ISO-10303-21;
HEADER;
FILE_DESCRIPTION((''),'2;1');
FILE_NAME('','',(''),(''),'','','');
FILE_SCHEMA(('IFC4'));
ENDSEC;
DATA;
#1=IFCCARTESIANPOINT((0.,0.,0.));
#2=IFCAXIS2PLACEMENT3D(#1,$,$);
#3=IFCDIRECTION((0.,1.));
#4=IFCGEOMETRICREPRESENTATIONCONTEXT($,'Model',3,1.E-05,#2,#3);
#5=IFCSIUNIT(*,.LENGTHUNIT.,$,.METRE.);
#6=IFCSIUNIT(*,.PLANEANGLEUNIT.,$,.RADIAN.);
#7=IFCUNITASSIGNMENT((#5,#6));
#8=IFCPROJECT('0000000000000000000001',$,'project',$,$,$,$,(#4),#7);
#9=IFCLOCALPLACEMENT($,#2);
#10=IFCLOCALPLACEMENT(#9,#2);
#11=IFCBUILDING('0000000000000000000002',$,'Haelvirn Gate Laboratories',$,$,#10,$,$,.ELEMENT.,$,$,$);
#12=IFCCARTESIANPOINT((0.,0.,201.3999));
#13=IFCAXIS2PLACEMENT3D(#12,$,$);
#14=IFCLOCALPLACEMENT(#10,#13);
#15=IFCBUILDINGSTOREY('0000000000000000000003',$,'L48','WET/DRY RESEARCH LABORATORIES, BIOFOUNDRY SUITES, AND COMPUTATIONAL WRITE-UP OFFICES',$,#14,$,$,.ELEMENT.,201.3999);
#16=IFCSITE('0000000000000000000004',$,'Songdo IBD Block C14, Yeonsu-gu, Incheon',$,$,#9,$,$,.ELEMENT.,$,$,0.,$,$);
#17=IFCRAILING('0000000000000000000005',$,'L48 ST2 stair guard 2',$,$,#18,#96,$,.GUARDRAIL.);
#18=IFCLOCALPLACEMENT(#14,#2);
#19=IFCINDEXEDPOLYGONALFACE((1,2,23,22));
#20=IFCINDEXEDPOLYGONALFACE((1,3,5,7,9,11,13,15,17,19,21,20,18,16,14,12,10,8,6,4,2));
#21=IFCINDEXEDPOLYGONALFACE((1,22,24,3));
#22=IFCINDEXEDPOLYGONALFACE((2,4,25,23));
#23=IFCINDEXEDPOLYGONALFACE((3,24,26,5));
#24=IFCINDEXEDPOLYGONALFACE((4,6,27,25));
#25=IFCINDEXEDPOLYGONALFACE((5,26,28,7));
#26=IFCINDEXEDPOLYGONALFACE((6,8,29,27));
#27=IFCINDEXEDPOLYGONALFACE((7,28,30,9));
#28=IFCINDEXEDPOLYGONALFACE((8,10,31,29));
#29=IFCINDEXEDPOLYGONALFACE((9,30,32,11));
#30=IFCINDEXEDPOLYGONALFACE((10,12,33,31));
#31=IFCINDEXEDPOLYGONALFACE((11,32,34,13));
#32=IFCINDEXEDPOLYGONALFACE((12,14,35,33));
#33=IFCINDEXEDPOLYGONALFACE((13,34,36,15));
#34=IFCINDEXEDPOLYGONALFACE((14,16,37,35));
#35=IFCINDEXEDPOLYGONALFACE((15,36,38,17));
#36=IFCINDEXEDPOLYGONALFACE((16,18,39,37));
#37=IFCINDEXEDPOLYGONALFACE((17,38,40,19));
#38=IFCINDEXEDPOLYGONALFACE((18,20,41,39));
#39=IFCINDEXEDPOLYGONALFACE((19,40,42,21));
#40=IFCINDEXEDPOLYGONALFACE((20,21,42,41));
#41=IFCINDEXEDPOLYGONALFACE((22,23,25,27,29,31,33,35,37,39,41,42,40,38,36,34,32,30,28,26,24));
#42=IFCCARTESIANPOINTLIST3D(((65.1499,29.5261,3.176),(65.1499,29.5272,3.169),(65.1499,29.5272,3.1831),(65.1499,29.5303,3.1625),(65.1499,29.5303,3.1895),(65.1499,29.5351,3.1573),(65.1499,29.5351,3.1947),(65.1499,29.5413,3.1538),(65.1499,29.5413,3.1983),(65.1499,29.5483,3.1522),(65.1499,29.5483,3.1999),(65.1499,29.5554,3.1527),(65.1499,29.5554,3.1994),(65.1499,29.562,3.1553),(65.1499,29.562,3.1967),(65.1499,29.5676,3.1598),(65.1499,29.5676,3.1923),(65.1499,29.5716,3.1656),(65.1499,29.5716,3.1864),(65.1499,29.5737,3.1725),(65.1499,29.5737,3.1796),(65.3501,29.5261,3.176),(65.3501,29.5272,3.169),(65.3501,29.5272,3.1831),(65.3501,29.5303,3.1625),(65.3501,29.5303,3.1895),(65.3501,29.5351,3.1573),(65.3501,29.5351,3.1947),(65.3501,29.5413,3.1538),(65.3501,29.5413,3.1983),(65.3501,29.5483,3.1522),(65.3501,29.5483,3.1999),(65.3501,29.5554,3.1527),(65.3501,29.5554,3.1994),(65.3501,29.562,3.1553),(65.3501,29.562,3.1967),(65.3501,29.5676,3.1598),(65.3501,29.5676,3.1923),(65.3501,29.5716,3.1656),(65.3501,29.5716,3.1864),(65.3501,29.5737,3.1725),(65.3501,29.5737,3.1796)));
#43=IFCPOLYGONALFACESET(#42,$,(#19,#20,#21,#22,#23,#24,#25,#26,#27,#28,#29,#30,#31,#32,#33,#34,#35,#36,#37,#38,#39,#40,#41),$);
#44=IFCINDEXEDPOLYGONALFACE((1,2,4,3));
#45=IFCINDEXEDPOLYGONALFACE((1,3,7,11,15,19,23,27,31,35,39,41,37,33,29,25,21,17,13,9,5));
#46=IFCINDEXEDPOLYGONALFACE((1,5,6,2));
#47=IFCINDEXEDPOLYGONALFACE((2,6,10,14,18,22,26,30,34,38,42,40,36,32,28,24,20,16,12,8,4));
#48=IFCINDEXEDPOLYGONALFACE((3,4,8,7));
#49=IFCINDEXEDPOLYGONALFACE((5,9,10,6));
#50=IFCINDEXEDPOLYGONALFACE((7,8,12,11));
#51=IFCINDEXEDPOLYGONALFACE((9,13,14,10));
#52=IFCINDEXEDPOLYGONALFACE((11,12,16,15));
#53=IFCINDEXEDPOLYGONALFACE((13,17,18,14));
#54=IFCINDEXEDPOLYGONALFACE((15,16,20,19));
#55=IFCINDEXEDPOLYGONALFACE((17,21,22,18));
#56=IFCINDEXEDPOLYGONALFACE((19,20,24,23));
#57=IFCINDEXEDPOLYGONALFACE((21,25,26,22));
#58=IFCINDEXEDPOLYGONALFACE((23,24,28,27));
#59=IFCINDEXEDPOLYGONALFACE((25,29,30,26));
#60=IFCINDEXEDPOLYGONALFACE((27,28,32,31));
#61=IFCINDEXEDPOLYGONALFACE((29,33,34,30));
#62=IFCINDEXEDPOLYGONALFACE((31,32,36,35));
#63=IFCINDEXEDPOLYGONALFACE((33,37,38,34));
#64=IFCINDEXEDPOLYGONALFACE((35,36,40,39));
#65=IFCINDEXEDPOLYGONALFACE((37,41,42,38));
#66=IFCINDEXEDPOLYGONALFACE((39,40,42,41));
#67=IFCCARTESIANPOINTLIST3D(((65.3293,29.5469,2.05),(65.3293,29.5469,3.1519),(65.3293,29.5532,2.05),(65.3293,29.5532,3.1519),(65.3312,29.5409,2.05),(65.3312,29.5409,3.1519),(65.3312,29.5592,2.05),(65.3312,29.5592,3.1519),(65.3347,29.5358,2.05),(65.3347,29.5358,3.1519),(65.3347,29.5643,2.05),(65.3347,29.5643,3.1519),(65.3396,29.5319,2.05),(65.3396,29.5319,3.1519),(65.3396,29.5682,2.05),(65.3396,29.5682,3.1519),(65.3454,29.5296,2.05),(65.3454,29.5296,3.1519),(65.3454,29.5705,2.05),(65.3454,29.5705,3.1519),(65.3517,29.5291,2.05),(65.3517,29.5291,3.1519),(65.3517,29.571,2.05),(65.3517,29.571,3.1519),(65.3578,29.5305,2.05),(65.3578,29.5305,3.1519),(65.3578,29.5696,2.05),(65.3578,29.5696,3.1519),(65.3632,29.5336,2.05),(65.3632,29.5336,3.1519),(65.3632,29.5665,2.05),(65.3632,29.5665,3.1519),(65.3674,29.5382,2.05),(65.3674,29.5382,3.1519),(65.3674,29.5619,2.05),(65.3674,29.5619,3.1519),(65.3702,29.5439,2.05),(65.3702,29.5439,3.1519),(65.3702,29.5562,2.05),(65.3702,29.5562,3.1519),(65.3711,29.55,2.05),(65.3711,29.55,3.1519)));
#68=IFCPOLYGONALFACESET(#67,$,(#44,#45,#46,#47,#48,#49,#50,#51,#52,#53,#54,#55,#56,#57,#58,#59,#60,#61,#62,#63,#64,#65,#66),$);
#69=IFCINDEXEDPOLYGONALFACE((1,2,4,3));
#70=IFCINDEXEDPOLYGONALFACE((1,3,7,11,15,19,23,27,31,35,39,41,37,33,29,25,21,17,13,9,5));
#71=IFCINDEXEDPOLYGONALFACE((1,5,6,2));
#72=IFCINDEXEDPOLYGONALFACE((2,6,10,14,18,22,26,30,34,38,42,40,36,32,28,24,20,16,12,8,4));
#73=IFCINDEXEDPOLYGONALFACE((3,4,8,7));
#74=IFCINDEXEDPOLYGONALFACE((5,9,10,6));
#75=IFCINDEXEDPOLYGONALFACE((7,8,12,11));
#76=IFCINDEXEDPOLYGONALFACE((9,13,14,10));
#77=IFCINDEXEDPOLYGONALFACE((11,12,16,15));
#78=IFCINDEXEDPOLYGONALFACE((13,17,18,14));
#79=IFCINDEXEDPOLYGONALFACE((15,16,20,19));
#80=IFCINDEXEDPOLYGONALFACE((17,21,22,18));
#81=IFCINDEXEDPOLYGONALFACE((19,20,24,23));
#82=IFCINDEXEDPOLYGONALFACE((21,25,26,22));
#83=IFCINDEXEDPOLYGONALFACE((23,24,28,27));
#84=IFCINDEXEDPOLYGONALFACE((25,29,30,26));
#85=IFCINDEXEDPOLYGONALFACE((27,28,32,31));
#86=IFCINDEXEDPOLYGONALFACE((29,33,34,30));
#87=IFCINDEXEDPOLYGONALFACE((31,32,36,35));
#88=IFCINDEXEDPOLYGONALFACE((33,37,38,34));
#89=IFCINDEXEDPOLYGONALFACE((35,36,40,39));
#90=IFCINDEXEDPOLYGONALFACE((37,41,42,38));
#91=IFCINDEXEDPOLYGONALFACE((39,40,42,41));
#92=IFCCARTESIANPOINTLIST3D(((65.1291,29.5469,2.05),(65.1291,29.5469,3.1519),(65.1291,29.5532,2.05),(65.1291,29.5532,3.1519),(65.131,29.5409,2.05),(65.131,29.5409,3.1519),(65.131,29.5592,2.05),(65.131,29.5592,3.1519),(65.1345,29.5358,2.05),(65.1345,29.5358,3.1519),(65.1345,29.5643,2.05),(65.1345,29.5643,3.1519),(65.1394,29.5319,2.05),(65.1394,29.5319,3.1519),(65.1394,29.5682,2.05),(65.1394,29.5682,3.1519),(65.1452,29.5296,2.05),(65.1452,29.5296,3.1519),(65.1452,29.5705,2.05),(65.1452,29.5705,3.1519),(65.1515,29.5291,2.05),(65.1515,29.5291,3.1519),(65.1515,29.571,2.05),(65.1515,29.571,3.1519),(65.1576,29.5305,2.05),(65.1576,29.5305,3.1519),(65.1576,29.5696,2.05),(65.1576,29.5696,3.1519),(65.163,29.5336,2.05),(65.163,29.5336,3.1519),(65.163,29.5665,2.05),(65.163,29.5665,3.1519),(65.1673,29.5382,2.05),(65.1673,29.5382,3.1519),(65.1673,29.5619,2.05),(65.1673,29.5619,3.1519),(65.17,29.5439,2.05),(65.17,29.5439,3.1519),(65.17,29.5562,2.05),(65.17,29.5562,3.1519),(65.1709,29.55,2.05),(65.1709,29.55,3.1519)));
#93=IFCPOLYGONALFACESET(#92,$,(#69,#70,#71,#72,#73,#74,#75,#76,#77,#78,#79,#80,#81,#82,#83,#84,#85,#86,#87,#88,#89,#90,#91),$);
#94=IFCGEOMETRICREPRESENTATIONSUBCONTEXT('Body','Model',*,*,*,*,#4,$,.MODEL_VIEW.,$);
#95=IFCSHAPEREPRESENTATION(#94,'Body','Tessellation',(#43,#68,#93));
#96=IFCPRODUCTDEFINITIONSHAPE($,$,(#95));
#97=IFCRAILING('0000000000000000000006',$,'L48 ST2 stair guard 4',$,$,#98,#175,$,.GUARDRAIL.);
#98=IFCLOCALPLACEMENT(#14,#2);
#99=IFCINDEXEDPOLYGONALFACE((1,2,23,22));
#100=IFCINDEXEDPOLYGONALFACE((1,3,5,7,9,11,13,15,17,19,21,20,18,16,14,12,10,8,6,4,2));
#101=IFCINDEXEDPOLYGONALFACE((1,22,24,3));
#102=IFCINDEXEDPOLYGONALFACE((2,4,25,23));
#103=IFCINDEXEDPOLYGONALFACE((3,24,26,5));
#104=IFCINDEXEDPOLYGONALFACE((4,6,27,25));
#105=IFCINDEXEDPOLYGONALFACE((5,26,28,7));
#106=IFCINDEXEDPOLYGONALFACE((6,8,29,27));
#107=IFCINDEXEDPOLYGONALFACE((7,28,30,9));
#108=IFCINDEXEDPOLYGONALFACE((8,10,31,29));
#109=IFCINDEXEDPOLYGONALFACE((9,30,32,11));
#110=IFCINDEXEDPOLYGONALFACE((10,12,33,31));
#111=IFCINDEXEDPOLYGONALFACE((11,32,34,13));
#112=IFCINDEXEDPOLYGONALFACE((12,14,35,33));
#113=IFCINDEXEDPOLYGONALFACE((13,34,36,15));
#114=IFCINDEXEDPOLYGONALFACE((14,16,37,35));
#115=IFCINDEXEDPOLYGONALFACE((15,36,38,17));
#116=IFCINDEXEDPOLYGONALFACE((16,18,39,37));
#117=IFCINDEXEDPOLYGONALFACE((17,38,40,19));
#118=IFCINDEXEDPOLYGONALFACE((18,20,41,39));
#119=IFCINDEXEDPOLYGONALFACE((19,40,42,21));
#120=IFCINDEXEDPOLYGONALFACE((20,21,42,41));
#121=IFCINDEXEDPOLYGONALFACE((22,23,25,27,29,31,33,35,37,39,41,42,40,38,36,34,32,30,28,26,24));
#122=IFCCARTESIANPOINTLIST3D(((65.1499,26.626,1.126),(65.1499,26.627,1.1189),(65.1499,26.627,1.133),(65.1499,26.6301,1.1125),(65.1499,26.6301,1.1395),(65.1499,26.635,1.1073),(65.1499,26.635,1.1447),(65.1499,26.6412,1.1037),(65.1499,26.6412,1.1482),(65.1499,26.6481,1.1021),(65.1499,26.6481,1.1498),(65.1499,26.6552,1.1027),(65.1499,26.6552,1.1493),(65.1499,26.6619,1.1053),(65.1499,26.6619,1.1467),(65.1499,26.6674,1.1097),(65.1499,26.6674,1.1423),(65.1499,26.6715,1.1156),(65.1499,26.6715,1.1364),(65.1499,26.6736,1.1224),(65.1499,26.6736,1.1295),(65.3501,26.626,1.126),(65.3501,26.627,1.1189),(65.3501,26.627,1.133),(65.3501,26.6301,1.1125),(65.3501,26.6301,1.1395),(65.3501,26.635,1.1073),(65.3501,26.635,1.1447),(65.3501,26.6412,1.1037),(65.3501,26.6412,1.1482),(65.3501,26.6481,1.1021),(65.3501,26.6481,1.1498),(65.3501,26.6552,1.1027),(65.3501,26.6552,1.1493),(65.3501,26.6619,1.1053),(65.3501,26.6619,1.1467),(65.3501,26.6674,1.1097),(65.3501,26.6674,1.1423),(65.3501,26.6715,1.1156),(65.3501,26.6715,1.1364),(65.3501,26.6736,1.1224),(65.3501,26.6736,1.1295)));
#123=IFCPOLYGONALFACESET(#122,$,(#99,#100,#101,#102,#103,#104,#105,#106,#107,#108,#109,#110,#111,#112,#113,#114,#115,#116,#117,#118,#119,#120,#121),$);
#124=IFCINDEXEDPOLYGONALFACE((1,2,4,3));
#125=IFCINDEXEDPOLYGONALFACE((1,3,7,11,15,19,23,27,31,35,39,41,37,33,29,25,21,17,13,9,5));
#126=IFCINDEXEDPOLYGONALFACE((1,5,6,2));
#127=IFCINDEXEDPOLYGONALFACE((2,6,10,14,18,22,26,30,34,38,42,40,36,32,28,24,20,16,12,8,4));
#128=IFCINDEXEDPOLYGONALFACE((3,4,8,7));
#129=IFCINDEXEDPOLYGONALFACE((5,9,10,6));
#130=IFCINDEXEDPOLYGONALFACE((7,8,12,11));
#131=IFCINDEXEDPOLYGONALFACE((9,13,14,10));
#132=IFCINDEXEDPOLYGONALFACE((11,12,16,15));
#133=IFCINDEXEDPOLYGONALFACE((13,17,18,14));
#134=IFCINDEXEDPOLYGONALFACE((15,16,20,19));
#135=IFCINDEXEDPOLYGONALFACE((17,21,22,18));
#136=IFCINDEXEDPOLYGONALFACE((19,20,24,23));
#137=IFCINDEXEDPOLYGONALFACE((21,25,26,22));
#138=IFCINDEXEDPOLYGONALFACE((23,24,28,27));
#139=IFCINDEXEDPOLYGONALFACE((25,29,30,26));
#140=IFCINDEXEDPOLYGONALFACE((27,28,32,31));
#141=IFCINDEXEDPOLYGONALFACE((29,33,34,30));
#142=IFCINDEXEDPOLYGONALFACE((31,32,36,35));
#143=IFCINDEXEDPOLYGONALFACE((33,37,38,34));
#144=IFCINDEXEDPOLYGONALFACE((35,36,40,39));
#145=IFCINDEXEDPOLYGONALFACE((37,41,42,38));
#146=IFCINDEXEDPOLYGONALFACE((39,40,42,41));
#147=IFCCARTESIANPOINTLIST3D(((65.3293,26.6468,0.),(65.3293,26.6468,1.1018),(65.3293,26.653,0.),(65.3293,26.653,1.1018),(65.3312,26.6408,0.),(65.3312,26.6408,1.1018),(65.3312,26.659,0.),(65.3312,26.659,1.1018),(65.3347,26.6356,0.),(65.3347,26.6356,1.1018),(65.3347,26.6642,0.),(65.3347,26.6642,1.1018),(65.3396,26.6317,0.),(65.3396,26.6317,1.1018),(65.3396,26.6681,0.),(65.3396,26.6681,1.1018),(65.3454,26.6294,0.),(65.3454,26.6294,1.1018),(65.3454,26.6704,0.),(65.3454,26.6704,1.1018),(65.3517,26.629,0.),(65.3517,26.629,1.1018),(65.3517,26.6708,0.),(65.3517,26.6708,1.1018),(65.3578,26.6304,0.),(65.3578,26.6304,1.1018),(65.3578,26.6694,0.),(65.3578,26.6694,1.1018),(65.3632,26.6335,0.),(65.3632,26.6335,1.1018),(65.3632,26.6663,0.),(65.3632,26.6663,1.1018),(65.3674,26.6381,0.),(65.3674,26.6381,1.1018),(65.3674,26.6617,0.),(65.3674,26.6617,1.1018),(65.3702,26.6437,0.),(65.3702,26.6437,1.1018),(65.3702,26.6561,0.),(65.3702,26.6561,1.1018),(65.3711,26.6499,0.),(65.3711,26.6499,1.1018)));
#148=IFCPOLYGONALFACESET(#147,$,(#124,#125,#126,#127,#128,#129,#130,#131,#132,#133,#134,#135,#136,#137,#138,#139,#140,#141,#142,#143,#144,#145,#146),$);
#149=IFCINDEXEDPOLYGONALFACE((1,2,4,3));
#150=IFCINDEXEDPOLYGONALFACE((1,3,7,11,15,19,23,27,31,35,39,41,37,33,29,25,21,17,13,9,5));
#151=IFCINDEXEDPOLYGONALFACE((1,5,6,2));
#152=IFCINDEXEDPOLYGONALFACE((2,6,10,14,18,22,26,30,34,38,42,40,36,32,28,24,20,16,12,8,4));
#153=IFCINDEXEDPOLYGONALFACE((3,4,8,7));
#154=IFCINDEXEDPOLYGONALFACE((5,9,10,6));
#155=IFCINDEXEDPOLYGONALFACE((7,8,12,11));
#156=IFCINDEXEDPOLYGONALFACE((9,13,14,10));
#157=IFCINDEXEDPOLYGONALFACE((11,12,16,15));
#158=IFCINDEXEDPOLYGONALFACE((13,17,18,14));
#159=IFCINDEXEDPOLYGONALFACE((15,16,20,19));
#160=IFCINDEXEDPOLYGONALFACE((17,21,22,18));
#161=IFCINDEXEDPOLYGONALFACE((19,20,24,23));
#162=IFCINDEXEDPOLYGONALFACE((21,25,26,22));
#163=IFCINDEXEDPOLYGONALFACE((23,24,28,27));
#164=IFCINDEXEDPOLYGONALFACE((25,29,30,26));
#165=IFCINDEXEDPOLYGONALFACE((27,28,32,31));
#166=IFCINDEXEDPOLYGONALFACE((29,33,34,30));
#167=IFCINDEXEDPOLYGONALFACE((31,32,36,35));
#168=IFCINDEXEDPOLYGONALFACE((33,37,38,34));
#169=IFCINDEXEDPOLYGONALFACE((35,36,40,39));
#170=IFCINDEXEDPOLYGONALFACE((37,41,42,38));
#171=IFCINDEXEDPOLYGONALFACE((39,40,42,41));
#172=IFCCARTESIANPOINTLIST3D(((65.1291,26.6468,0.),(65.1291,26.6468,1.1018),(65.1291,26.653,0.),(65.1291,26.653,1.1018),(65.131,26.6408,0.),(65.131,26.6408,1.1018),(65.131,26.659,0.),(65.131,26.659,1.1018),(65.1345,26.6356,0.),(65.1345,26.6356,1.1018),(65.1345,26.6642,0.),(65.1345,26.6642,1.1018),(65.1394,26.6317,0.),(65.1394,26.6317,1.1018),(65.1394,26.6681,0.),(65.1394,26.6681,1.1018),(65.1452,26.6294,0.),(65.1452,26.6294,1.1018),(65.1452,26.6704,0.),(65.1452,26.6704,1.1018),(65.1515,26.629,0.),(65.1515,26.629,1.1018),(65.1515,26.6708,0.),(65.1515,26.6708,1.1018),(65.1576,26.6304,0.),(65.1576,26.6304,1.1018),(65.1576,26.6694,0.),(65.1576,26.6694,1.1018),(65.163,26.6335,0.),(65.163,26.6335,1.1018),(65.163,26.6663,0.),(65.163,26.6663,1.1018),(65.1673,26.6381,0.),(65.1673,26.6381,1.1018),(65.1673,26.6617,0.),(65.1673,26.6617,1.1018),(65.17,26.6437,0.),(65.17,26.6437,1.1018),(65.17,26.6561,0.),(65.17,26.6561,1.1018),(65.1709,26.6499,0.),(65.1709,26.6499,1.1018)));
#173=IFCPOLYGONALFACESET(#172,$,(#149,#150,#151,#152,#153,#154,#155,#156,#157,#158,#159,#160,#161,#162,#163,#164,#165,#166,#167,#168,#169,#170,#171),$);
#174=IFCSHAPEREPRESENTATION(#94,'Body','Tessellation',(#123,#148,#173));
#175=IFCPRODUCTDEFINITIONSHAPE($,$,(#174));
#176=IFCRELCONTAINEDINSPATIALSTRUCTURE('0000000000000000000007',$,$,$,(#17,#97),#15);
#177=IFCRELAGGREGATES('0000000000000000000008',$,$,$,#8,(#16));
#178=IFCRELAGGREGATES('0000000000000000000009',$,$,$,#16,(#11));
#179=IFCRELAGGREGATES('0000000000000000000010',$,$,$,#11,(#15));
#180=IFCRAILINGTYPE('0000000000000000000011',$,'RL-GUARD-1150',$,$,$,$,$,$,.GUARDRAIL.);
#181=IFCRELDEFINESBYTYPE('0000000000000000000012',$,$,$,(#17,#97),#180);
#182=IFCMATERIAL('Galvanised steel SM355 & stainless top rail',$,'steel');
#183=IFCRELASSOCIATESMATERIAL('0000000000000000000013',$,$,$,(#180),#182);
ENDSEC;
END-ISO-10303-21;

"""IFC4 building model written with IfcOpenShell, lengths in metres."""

from ifc_helpers import new_model, si_unit, direction, frame, origin, origin_2d, place, context, subcontext, project, spatial, circle, extrude, source, transform, mapped, material, type_object, element, save


model = new_model("IFC4")

# Units and contexts
model_context = context("Model", 3, precision=1e-05, world=origin(), true_north=direction((0.0, 1.0)))
body_context = subcontext(model_context, "Body", "Model", "MODEL_VIEW")
ifc_project = project(units=[si_unit("LENGTHUNIT", "METRE"), si_unit("PLANEANGLEUNIT", "RADIAN")], contexts=[model_context])

# Site, building, storey
site_placement = place(None, origin())
site = spatial("IfcSite", under=ifc_project, at=site_placement, Name="Songdo IBD Block C14, Yeonsu-gu, Incheon", CompositionType="ELEMENT", RefElevation=0.0)
building_placement = place(site_placement, origin())
building = spatial("IfcBuilding", under=site, at=building_placement, Name="Haelvirn Gate Laboratories", CompositionType="ELEMENT")
storey_placement = place(building_placement, frame((0.0, 0.0, 201.3999)))
storey = spatial("IfcBuildingStorey", under=building, at=storey_placement, Name="L48", Description="WET/DRY RESEARCH LABORATORIES, BIOFOUNDRY SUITES, AND COMPUTATIONAL WRITE-UP OFFICES", CompositionType="ELEMENT", Elevation=201.3999)

# Railings
ifc_material_1 = material(Name="Galvanised steel SM355 & stainless top rail", Category="steel")
railing_type_1 = type_object("IfcRailingType", Name="RL-GUARD-1150", PredefinedType="GUARDRAIL", material=ifc_material_1)
shared_shape_1 = source(origin(), body_context, "Body", "SweptSolid", [
    extrude(circle(Radius=0.0239, at=origin_2d()), frame((0.0, 0.0, 1.126), z_axis=(-1.0, 0.0, 0.0), x_axis=(0.0, -1.0, 0.0)), (0.0, 0.0, 1.0), 0.2002),
    extrude(circle(Radius=0.021, at=origin_2d()), origin(), (0.0, 0.0, 1.0), 1.1018),
    extrude(circle(Radius=0.021, at=origin_2d()), frame((-0.2002, 0.0, 0.0)), (0.0, 0.0, 1.0), 1.1018),
])
for number, where, name in (
    (1, (65.3501, 29.55, 2.05), "L48 ST2 stair guard 2"),
    (2, (65.3501, 26.6499, 0.0), "L48 ST2 stair guard 4"),
):
    element("IfcRailing", number, at=place(storey_placement, frame(where)), inside=storey, type_object=railing_type_1, Name=name, PredefinedType="GUARDRAIL", context=body_context, shape_type="MappedRepresentation", body=[
        mapped(shared_shape_1, transform((0.0, 0.0, 0.0), scale=1.0)),
    ])

save(model, "model.ifc")
